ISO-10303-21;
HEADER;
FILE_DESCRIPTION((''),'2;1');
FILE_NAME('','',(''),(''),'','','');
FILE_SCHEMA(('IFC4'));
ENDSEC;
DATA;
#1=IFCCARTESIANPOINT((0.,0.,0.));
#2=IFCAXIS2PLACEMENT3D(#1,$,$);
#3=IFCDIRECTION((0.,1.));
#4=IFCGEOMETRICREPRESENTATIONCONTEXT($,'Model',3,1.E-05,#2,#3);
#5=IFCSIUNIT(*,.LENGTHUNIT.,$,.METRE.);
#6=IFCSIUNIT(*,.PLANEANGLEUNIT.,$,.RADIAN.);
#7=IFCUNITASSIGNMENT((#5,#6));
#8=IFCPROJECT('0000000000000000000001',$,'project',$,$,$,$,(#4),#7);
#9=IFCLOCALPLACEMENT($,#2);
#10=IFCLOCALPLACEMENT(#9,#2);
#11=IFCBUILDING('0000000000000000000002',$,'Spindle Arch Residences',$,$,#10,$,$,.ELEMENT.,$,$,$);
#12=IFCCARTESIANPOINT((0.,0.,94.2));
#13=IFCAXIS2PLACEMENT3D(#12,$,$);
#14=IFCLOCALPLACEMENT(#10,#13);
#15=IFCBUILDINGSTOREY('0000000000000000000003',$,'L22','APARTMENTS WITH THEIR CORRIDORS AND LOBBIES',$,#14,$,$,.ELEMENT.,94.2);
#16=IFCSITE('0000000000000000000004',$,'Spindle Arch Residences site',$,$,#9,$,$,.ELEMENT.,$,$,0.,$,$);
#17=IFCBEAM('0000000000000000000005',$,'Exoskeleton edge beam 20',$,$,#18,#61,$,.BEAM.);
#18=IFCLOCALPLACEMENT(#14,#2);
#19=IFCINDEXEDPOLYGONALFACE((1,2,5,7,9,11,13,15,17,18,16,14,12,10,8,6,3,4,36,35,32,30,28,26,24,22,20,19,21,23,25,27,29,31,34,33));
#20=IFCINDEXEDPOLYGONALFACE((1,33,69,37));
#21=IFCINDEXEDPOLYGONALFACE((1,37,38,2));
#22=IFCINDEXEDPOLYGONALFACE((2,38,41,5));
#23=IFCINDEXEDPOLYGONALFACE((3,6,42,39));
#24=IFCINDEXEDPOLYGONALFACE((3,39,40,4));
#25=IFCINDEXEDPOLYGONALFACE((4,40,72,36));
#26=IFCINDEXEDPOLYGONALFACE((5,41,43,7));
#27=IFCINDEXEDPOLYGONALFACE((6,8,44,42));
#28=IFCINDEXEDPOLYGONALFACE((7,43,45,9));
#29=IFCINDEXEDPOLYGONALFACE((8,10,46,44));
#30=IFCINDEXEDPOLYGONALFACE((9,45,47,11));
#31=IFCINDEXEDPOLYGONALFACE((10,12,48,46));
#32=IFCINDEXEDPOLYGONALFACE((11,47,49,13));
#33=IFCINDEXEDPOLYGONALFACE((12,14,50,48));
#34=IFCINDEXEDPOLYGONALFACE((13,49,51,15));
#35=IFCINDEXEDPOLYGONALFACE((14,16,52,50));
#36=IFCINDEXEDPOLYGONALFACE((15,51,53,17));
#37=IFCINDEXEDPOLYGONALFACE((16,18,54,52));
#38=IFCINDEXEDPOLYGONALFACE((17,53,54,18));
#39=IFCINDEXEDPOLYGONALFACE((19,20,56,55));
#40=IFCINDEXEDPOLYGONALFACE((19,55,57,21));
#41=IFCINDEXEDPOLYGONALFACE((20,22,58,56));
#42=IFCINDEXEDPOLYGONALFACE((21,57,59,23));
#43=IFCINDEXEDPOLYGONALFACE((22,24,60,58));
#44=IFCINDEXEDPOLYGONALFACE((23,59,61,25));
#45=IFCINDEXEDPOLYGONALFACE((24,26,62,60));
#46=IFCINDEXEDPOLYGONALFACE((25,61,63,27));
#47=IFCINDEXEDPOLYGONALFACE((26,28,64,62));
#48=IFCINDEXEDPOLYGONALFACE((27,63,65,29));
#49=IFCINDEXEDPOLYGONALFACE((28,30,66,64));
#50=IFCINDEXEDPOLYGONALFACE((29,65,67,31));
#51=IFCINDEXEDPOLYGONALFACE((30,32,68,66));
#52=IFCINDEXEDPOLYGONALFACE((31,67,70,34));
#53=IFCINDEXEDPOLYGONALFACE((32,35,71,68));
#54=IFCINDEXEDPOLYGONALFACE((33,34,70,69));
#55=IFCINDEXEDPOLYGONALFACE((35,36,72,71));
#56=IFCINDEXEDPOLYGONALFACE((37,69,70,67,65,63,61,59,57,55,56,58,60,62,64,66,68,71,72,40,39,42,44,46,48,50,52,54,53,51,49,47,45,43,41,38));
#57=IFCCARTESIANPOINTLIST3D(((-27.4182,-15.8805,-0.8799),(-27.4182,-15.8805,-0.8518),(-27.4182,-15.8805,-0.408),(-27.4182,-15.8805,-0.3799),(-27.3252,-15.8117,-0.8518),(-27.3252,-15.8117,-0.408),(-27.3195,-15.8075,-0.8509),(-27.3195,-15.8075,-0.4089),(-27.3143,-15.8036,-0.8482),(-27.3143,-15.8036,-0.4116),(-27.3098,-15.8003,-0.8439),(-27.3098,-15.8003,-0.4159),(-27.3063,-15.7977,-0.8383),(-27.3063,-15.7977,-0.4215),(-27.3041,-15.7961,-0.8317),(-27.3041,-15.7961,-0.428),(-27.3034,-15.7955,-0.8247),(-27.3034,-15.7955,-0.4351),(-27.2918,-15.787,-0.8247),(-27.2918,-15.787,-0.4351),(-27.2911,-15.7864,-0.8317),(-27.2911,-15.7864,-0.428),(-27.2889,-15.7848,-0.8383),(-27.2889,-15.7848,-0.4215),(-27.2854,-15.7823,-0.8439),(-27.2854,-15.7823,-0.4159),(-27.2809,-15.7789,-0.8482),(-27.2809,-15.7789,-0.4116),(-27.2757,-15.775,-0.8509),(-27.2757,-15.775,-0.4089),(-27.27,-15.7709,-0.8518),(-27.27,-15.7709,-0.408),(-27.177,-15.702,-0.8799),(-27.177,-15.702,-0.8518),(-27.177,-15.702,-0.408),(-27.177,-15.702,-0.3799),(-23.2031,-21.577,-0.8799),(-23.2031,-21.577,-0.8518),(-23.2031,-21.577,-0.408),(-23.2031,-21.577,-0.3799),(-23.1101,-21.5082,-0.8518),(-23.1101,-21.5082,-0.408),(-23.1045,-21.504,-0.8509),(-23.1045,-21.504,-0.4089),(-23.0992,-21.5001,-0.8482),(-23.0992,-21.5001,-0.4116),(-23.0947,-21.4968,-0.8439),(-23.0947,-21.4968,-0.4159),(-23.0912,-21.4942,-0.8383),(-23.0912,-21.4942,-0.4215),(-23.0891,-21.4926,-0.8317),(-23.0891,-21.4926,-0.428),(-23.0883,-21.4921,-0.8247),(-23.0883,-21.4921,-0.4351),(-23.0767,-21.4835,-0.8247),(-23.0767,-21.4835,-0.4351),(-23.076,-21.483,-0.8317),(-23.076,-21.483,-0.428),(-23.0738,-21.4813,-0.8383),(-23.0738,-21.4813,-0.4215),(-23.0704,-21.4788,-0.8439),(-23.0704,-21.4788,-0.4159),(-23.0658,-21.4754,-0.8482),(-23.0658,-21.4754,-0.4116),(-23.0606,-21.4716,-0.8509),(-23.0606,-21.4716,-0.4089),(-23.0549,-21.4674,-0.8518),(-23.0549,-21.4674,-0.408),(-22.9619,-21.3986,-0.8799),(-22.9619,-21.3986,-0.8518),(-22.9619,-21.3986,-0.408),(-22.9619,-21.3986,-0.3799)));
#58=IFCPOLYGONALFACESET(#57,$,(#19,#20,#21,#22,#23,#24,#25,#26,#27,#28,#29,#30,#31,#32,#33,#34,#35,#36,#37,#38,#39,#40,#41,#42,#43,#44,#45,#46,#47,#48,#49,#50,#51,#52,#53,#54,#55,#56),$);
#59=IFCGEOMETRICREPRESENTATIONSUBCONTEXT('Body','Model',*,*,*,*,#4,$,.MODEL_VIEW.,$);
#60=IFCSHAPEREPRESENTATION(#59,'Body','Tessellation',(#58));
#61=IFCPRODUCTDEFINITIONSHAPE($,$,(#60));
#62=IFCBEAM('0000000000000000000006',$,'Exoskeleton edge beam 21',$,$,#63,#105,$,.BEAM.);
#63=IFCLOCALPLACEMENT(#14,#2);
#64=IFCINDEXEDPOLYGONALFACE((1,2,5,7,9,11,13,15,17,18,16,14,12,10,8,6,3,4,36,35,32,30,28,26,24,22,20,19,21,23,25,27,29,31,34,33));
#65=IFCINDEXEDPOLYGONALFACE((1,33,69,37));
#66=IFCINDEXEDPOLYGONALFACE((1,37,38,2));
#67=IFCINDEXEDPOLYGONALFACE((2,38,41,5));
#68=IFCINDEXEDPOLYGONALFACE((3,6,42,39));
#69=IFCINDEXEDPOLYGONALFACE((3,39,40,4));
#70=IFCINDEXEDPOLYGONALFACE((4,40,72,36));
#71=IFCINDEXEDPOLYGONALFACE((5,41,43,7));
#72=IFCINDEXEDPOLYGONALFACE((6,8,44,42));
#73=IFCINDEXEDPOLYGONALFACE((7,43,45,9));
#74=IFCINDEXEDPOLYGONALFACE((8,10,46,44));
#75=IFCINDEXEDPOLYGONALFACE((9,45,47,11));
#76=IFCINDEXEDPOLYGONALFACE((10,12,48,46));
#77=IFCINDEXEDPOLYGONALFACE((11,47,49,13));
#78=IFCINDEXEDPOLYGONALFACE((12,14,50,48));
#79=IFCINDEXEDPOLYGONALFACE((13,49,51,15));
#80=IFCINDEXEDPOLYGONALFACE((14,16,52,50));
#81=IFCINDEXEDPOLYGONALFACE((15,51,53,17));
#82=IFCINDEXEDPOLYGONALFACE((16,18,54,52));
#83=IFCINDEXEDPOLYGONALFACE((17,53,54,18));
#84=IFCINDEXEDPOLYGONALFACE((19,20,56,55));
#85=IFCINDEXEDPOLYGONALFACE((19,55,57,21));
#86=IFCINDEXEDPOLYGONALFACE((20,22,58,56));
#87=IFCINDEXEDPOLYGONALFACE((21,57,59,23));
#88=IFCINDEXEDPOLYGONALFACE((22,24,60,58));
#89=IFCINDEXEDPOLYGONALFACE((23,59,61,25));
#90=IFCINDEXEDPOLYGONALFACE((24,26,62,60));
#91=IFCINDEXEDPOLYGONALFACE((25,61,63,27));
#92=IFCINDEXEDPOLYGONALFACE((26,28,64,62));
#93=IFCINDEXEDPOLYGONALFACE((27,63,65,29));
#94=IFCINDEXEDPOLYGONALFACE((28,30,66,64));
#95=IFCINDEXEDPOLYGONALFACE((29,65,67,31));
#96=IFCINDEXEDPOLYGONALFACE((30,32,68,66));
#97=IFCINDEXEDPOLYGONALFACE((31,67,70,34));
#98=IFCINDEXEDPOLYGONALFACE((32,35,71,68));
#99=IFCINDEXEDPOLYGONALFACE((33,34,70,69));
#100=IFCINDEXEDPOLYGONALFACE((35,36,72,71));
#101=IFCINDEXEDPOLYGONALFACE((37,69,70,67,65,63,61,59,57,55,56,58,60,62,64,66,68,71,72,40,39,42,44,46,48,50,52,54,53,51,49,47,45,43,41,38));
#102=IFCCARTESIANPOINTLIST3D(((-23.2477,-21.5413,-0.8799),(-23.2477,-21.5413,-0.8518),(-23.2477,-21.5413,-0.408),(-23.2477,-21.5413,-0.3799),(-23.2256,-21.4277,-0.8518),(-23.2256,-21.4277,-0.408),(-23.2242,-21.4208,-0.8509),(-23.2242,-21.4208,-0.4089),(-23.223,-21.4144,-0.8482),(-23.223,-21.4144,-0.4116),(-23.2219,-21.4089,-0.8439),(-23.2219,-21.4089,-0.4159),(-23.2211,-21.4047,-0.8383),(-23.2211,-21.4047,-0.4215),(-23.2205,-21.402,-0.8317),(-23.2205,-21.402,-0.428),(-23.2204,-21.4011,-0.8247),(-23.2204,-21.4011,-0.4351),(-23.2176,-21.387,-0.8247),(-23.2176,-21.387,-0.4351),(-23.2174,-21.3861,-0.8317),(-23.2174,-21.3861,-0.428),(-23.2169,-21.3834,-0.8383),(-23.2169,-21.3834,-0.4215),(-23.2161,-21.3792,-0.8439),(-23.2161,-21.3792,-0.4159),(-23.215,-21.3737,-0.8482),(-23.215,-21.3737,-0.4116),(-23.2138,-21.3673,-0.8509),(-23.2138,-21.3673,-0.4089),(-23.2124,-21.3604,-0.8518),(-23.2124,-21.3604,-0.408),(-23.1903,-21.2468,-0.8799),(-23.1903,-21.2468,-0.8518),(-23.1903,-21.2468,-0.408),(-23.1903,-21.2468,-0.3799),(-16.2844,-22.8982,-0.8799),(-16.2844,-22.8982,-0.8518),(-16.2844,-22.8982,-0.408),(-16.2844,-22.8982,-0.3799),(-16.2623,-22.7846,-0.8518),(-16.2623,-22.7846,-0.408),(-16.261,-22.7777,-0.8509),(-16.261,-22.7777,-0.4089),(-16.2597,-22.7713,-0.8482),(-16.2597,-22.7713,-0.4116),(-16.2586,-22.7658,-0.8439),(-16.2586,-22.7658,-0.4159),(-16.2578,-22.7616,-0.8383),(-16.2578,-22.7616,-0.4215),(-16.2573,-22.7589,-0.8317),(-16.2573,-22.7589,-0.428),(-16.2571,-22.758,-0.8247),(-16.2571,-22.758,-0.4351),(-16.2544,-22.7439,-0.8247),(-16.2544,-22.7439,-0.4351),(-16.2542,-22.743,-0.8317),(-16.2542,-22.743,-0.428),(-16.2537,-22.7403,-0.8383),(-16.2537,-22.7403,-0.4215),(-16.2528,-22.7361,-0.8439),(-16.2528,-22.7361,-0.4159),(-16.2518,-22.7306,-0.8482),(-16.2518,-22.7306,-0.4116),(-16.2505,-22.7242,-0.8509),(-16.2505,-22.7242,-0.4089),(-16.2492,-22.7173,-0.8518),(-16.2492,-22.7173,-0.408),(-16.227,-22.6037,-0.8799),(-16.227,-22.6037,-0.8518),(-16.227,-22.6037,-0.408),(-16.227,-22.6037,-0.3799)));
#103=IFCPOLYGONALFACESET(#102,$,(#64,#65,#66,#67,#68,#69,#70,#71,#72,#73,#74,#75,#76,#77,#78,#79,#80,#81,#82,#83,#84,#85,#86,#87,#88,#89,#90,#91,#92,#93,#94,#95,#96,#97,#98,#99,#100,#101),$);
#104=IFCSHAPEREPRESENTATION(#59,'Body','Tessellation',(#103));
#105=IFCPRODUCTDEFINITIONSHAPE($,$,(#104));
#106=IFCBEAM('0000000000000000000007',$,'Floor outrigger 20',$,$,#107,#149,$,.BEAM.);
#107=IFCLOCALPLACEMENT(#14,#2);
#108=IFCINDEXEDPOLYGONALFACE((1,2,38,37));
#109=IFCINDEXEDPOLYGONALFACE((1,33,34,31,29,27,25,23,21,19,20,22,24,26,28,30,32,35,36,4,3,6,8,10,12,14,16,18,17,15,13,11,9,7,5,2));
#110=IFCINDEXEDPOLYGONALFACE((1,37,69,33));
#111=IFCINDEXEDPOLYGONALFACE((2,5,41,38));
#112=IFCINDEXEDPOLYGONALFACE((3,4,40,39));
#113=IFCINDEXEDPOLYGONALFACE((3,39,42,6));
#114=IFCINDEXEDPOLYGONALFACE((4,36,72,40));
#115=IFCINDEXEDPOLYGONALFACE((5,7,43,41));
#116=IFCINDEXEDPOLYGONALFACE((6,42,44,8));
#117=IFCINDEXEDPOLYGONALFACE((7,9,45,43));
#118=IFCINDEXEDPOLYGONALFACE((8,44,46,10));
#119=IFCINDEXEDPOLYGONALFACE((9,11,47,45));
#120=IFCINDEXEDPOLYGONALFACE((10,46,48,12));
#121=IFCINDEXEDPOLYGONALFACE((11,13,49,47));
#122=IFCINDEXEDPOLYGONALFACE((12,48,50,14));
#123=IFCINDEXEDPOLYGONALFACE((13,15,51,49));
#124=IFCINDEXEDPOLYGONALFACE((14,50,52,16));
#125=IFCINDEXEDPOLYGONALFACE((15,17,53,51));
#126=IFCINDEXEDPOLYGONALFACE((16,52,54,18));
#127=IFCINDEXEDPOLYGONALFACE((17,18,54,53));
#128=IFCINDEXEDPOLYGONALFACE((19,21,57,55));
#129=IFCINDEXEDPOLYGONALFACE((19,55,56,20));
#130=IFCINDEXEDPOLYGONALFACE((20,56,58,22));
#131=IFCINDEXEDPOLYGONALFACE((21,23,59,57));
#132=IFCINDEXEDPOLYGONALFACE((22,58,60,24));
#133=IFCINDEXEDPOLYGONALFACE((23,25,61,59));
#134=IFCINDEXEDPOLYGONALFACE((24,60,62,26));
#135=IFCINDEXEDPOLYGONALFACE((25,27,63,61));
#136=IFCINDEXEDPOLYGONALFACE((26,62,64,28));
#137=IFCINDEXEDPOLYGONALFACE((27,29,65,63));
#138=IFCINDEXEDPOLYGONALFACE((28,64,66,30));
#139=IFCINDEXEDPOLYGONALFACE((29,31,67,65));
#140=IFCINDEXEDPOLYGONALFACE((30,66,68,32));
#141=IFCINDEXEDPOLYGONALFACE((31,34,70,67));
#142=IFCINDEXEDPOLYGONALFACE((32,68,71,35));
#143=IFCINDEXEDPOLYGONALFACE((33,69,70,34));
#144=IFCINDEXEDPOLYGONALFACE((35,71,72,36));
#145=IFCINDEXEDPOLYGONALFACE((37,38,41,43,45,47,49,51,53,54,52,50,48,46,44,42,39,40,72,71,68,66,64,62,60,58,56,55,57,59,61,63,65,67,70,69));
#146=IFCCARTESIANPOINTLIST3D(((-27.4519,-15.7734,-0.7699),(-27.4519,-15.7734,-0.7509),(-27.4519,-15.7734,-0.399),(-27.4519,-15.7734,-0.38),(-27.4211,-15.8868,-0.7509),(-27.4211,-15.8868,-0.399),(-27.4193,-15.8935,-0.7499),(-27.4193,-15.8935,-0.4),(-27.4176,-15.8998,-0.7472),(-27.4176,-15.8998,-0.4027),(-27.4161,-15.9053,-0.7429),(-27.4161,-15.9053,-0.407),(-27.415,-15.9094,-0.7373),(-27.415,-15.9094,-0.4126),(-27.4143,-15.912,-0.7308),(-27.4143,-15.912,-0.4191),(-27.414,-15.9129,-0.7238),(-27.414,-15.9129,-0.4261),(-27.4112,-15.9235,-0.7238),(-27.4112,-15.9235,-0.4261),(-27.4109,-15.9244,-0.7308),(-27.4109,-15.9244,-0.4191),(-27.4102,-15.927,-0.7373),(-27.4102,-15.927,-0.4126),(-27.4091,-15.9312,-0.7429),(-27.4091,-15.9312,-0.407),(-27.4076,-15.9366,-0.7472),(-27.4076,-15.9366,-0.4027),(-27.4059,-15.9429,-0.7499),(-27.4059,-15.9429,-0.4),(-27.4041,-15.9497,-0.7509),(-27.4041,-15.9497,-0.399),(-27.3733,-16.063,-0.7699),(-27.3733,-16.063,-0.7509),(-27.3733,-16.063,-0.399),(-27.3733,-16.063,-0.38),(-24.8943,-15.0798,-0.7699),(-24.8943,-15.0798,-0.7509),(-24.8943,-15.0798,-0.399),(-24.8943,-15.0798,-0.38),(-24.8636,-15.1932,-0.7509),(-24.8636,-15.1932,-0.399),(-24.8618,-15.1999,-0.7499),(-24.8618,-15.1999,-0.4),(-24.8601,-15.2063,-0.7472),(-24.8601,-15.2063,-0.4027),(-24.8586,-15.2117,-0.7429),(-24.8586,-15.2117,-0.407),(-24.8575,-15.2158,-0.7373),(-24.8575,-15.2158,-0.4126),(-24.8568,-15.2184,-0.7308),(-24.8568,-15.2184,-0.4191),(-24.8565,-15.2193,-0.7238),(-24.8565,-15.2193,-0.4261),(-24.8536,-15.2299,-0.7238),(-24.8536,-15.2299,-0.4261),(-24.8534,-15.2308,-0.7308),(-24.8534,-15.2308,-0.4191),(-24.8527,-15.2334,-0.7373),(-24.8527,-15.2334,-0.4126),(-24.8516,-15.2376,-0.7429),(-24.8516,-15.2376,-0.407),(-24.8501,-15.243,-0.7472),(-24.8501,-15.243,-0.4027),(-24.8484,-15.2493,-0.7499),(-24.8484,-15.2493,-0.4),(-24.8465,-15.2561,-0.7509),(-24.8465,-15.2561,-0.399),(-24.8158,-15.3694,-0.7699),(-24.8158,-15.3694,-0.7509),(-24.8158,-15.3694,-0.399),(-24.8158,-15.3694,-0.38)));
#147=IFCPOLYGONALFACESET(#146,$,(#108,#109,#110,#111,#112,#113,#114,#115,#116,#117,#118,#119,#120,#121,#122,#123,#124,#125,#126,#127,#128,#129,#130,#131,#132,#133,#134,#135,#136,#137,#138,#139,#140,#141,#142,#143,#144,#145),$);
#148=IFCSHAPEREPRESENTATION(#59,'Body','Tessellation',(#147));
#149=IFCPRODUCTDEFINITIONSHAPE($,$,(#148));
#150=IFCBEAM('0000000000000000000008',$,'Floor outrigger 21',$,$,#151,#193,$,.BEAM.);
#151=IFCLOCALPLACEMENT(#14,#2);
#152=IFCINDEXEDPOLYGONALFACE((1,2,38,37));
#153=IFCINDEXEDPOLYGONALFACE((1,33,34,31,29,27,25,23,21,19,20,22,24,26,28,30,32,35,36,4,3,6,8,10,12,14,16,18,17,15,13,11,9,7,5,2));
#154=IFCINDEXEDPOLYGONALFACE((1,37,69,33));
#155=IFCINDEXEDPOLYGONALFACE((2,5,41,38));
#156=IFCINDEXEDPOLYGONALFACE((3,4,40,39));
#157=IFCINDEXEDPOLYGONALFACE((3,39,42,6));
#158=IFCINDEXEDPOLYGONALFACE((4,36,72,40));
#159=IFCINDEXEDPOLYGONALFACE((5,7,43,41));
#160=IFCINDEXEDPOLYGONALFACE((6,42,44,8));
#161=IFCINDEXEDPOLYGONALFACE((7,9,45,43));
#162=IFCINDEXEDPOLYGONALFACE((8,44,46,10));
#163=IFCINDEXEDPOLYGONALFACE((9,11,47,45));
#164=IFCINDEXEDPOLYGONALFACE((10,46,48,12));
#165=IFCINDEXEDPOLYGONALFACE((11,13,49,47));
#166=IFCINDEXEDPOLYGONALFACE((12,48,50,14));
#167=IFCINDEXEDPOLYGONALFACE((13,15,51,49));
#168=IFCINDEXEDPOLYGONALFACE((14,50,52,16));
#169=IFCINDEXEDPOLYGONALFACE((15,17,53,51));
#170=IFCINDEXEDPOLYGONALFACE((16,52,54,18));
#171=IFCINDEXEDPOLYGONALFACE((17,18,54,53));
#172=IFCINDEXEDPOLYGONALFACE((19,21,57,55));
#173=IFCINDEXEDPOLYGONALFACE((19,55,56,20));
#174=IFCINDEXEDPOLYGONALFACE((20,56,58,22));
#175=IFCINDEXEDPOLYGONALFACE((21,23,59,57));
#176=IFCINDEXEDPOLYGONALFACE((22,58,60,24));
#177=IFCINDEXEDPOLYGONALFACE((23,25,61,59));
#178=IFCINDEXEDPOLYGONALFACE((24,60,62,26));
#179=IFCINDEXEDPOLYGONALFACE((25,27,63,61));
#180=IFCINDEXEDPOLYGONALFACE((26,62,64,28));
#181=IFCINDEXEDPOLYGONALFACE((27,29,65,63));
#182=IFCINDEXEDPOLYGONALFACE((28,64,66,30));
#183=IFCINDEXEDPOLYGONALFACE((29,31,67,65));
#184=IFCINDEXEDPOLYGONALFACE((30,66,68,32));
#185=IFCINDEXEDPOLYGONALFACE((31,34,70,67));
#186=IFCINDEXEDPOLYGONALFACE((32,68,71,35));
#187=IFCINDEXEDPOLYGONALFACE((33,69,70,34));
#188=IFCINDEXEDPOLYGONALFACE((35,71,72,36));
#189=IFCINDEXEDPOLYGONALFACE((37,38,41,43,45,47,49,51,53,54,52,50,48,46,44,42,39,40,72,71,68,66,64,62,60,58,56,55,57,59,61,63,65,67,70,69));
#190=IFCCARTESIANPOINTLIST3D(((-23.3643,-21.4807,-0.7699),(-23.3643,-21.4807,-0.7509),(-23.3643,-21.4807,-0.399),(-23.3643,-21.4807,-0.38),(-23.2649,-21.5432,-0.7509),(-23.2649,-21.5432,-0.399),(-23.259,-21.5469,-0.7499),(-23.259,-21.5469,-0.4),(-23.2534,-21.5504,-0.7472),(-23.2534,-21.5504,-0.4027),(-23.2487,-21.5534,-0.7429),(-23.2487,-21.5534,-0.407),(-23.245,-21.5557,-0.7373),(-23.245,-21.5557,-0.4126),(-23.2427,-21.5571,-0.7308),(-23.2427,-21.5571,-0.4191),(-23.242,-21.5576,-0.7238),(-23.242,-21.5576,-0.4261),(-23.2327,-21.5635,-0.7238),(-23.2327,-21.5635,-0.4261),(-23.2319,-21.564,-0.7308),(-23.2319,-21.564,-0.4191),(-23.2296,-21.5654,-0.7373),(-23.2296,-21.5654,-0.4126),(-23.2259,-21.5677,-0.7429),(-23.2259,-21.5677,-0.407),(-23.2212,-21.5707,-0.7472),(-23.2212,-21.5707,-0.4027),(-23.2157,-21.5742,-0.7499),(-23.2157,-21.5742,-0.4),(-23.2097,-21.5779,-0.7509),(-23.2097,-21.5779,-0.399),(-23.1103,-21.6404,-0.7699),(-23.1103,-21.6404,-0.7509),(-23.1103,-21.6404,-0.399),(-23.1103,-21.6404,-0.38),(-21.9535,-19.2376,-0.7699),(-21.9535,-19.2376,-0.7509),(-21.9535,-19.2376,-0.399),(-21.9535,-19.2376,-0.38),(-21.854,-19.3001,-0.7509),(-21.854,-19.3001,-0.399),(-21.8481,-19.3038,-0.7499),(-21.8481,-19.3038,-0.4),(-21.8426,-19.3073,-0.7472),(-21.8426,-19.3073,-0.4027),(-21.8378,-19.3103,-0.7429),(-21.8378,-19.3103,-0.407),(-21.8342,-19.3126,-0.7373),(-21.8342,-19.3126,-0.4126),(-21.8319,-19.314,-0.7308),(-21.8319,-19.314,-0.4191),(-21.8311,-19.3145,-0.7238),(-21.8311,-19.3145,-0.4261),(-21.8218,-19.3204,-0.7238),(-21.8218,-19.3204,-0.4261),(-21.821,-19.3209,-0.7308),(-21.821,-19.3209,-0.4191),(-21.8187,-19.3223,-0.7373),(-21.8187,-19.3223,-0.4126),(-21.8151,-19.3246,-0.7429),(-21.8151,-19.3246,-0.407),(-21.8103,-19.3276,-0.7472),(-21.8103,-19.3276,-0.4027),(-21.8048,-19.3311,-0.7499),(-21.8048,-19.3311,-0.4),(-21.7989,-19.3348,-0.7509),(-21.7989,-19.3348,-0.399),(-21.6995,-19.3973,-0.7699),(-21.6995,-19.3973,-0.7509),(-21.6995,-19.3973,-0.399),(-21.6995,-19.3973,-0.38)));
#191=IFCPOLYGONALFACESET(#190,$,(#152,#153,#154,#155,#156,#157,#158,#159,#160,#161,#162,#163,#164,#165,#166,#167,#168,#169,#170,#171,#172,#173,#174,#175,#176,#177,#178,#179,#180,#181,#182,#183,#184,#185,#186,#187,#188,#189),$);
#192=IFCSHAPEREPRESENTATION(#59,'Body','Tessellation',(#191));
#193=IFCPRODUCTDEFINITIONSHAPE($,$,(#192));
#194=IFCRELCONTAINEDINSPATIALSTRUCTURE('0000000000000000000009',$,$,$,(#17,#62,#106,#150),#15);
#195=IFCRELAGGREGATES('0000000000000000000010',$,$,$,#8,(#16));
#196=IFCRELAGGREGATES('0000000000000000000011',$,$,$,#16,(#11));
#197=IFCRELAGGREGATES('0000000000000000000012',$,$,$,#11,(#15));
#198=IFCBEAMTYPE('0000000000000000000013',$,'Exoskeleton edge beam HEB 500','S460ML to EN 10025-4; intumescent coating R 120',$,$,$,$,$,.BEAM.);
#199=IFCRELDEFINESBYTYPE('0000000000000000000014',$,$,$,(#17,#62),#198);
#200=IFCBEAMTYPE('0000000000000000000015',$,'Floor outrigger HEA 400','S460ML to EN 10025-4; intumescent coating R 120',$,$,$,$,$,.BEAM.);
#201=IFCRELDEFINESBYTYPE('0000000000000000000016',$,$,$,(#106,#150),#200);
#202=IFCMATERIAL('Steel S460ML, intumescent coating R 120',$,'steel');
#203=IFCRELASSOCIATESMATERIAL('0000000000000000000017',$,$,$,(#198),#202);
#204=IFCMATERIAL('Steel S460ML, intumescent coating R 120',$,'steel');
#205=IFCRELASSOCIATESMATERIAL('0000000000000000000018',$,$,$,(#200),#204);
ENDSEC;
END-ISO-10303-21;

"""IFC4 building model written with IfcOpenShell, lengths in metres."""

from ifc_helpers import new_model, si_unit, direction, frame, origin, origin_2d, place, context, subcontext, project, spatial, i_section, extrude, material, material_profile, profile_set, type_object, element, save


model = new_model("IFC4")

# Units and contexts
model_context = context("Model", 3, precision=1e-05, world=origin(), true_north=direction((0.0, 1.0)))
body_context = subcontext(model_context, "Body", "Model", "MODEL_VIEW")
ifc_project = project(units=[si_unit("LENGTHUNIT", "METRE"), si_unit("PLANEANGLEUNIT", "RADIAN")], contexts=[model_context])

# Site, building, storey
site_placement = place(None, origin())
site = spatial("IfcSite", under=ifc_project, at=site_placement, Name="Spindle Arch Residences site", CompositionType="ELEMENT", RefElevation=0.0)
building_placement = place(site_placement, origin())
building = spatial("IfcBuilding", under=site, at=building_placement, Name="Spindle Arch Residences", CompositionType="ELEMENT")
storey_placement = place(building_placement, frame((0.0, 0.0, 94.2)))
storey = spatial("IfcBuildingStorey", under=building, at=storey_placement, Name="L22", Description="APARTMENTS WITH THEIR CORRIDORS AND LOBBIES", CompositionType="ELEMENT", Elevation=94.2)

# Beams
ifc_material_1 = material(Name="Steel S460ML, intumescent coating R 120", Category="steel")
ifc_material_profile_1 = material_profile(ifc_material_1, i_section(OverallWidth=0.3, OverallDepth=0.5, WebThickness=0.0144, FlangeThickness=0.0281, FilletRadius=0.0271, at=origin_2d()), Name="HEB 500")
ifc_profile_set_1 = profile_set([ifc_material_profile_1], Name="Steel S460ML, intumescent coating R 120")
beam_type_1 = type_object("IfcBeamType", Name="Exoskeleton edge beam HEB 500", Description="S460ML to EN 10025-4; intumescent coating R 120", PredefinedType="BEAM", material=ifc_profile_set_1)
beam_1_placement = place(storey_placement, frame((-27.2976, -15.7913, -0.6299), z_axis=(0.594811, -0.803865, 0.0), x_axis=(0.803865, 0.594811, 0.0)))
element("IfcBeam", 1, at=beam_1_placement, inside=storey, type_object=beam_type_1, Name="Exoskeleton edge beam 20", PredefinedType="BEAM", context=body_context, shape_type="SweptSolid", body=[
    extrude(i_section(OverallWidth=0.3, OverallDepth=0.5, WebThickness=0.0144, FlangeThickness=0.0281, FilletRadius=0.0271, at=origin_2d()), origin(), (0.0, 0.0, 1.0), 7.0864),
])
beam_2_placement = place(storey_placement, frame((-23.219, -21.394, -0.6299), z_axis=(0.981538, -0.191269, 0.0), x_axis=(0.191269, 0.981538, 0.0)))
element("IfcBeam", 2, at=beam_2_placement, inside=storey, type_object=beam_type_1, Name="Exoskeleton edge beam 21", PredefinedType="BEAM", context=body_context, shape_type="SweptSolid", body=[
    extrude(i_section(OverallWidth=0.3, OverallDepth=0.5, WebThickness=0.0144, FlangeThickness=0.0281, FilletRadius=0.0271, at=origin_2d()), origin(), (0.0, 0.0, 1.0), 7.0942),
])
ifc_material_2 = material(Name="Steel S460ML, intumescent coating R 120", Category="steel")
ifc_material_profile_2 = material_profile(ifc_material_2, i_section(OverallWidth=0.3, OverallDepth=0.3899, WebThickness=0.011, FlangeThickness=0.019, FilletRadius=0.0271, at=origin_2d()), Name="HEA 400")
ifc_profile_set_2 = profile_set([ifc_material_profile_2], Name="Steel S460ML, intumescent coating R 120")
beam_type_2 = type_object("IfcBeamType", Name="Floor outrigger HEA 400", Description="S460ML to EN 10025-4; intumescent coating R 120", PredefinedType="BEAM", material=ifc_profile_set_2)
for number, where, z_axis, x_axis, name in (
    (3, (-27.4126, -15.9182, -0.575), (0.965139, 0.261737, 0.0), (-0.261737, 0.965139, 0.0), "Floor outrigger 20"),
    (4, (-23.2373, -21.5605, -0.575), (0.532415, 0.846484, 0.0), (-0.846484, 0.532415, 0.0), "Floor outrigger 21"),
):
    element("IfcBeam", number, at=place(storey_placement, frame(where, z_axis=z_axis, x_axis=x_axis)), inside=storey, type_object=beam_type_2, Name=name, PredefinedType="BEAM", context=body_context, shape_type="SweptSolid", body=[
        extrude(i_section(OverallWidth=0.3, OverallDepth=0.3899, WebThickness=0.011, FlangeThickness=0.019, FilletRadius=0.0271, at=origin_2d()), origin(), (0.0, 0.0, 1.0), 2.6499),
    ])

save(model, "model.ifc")
